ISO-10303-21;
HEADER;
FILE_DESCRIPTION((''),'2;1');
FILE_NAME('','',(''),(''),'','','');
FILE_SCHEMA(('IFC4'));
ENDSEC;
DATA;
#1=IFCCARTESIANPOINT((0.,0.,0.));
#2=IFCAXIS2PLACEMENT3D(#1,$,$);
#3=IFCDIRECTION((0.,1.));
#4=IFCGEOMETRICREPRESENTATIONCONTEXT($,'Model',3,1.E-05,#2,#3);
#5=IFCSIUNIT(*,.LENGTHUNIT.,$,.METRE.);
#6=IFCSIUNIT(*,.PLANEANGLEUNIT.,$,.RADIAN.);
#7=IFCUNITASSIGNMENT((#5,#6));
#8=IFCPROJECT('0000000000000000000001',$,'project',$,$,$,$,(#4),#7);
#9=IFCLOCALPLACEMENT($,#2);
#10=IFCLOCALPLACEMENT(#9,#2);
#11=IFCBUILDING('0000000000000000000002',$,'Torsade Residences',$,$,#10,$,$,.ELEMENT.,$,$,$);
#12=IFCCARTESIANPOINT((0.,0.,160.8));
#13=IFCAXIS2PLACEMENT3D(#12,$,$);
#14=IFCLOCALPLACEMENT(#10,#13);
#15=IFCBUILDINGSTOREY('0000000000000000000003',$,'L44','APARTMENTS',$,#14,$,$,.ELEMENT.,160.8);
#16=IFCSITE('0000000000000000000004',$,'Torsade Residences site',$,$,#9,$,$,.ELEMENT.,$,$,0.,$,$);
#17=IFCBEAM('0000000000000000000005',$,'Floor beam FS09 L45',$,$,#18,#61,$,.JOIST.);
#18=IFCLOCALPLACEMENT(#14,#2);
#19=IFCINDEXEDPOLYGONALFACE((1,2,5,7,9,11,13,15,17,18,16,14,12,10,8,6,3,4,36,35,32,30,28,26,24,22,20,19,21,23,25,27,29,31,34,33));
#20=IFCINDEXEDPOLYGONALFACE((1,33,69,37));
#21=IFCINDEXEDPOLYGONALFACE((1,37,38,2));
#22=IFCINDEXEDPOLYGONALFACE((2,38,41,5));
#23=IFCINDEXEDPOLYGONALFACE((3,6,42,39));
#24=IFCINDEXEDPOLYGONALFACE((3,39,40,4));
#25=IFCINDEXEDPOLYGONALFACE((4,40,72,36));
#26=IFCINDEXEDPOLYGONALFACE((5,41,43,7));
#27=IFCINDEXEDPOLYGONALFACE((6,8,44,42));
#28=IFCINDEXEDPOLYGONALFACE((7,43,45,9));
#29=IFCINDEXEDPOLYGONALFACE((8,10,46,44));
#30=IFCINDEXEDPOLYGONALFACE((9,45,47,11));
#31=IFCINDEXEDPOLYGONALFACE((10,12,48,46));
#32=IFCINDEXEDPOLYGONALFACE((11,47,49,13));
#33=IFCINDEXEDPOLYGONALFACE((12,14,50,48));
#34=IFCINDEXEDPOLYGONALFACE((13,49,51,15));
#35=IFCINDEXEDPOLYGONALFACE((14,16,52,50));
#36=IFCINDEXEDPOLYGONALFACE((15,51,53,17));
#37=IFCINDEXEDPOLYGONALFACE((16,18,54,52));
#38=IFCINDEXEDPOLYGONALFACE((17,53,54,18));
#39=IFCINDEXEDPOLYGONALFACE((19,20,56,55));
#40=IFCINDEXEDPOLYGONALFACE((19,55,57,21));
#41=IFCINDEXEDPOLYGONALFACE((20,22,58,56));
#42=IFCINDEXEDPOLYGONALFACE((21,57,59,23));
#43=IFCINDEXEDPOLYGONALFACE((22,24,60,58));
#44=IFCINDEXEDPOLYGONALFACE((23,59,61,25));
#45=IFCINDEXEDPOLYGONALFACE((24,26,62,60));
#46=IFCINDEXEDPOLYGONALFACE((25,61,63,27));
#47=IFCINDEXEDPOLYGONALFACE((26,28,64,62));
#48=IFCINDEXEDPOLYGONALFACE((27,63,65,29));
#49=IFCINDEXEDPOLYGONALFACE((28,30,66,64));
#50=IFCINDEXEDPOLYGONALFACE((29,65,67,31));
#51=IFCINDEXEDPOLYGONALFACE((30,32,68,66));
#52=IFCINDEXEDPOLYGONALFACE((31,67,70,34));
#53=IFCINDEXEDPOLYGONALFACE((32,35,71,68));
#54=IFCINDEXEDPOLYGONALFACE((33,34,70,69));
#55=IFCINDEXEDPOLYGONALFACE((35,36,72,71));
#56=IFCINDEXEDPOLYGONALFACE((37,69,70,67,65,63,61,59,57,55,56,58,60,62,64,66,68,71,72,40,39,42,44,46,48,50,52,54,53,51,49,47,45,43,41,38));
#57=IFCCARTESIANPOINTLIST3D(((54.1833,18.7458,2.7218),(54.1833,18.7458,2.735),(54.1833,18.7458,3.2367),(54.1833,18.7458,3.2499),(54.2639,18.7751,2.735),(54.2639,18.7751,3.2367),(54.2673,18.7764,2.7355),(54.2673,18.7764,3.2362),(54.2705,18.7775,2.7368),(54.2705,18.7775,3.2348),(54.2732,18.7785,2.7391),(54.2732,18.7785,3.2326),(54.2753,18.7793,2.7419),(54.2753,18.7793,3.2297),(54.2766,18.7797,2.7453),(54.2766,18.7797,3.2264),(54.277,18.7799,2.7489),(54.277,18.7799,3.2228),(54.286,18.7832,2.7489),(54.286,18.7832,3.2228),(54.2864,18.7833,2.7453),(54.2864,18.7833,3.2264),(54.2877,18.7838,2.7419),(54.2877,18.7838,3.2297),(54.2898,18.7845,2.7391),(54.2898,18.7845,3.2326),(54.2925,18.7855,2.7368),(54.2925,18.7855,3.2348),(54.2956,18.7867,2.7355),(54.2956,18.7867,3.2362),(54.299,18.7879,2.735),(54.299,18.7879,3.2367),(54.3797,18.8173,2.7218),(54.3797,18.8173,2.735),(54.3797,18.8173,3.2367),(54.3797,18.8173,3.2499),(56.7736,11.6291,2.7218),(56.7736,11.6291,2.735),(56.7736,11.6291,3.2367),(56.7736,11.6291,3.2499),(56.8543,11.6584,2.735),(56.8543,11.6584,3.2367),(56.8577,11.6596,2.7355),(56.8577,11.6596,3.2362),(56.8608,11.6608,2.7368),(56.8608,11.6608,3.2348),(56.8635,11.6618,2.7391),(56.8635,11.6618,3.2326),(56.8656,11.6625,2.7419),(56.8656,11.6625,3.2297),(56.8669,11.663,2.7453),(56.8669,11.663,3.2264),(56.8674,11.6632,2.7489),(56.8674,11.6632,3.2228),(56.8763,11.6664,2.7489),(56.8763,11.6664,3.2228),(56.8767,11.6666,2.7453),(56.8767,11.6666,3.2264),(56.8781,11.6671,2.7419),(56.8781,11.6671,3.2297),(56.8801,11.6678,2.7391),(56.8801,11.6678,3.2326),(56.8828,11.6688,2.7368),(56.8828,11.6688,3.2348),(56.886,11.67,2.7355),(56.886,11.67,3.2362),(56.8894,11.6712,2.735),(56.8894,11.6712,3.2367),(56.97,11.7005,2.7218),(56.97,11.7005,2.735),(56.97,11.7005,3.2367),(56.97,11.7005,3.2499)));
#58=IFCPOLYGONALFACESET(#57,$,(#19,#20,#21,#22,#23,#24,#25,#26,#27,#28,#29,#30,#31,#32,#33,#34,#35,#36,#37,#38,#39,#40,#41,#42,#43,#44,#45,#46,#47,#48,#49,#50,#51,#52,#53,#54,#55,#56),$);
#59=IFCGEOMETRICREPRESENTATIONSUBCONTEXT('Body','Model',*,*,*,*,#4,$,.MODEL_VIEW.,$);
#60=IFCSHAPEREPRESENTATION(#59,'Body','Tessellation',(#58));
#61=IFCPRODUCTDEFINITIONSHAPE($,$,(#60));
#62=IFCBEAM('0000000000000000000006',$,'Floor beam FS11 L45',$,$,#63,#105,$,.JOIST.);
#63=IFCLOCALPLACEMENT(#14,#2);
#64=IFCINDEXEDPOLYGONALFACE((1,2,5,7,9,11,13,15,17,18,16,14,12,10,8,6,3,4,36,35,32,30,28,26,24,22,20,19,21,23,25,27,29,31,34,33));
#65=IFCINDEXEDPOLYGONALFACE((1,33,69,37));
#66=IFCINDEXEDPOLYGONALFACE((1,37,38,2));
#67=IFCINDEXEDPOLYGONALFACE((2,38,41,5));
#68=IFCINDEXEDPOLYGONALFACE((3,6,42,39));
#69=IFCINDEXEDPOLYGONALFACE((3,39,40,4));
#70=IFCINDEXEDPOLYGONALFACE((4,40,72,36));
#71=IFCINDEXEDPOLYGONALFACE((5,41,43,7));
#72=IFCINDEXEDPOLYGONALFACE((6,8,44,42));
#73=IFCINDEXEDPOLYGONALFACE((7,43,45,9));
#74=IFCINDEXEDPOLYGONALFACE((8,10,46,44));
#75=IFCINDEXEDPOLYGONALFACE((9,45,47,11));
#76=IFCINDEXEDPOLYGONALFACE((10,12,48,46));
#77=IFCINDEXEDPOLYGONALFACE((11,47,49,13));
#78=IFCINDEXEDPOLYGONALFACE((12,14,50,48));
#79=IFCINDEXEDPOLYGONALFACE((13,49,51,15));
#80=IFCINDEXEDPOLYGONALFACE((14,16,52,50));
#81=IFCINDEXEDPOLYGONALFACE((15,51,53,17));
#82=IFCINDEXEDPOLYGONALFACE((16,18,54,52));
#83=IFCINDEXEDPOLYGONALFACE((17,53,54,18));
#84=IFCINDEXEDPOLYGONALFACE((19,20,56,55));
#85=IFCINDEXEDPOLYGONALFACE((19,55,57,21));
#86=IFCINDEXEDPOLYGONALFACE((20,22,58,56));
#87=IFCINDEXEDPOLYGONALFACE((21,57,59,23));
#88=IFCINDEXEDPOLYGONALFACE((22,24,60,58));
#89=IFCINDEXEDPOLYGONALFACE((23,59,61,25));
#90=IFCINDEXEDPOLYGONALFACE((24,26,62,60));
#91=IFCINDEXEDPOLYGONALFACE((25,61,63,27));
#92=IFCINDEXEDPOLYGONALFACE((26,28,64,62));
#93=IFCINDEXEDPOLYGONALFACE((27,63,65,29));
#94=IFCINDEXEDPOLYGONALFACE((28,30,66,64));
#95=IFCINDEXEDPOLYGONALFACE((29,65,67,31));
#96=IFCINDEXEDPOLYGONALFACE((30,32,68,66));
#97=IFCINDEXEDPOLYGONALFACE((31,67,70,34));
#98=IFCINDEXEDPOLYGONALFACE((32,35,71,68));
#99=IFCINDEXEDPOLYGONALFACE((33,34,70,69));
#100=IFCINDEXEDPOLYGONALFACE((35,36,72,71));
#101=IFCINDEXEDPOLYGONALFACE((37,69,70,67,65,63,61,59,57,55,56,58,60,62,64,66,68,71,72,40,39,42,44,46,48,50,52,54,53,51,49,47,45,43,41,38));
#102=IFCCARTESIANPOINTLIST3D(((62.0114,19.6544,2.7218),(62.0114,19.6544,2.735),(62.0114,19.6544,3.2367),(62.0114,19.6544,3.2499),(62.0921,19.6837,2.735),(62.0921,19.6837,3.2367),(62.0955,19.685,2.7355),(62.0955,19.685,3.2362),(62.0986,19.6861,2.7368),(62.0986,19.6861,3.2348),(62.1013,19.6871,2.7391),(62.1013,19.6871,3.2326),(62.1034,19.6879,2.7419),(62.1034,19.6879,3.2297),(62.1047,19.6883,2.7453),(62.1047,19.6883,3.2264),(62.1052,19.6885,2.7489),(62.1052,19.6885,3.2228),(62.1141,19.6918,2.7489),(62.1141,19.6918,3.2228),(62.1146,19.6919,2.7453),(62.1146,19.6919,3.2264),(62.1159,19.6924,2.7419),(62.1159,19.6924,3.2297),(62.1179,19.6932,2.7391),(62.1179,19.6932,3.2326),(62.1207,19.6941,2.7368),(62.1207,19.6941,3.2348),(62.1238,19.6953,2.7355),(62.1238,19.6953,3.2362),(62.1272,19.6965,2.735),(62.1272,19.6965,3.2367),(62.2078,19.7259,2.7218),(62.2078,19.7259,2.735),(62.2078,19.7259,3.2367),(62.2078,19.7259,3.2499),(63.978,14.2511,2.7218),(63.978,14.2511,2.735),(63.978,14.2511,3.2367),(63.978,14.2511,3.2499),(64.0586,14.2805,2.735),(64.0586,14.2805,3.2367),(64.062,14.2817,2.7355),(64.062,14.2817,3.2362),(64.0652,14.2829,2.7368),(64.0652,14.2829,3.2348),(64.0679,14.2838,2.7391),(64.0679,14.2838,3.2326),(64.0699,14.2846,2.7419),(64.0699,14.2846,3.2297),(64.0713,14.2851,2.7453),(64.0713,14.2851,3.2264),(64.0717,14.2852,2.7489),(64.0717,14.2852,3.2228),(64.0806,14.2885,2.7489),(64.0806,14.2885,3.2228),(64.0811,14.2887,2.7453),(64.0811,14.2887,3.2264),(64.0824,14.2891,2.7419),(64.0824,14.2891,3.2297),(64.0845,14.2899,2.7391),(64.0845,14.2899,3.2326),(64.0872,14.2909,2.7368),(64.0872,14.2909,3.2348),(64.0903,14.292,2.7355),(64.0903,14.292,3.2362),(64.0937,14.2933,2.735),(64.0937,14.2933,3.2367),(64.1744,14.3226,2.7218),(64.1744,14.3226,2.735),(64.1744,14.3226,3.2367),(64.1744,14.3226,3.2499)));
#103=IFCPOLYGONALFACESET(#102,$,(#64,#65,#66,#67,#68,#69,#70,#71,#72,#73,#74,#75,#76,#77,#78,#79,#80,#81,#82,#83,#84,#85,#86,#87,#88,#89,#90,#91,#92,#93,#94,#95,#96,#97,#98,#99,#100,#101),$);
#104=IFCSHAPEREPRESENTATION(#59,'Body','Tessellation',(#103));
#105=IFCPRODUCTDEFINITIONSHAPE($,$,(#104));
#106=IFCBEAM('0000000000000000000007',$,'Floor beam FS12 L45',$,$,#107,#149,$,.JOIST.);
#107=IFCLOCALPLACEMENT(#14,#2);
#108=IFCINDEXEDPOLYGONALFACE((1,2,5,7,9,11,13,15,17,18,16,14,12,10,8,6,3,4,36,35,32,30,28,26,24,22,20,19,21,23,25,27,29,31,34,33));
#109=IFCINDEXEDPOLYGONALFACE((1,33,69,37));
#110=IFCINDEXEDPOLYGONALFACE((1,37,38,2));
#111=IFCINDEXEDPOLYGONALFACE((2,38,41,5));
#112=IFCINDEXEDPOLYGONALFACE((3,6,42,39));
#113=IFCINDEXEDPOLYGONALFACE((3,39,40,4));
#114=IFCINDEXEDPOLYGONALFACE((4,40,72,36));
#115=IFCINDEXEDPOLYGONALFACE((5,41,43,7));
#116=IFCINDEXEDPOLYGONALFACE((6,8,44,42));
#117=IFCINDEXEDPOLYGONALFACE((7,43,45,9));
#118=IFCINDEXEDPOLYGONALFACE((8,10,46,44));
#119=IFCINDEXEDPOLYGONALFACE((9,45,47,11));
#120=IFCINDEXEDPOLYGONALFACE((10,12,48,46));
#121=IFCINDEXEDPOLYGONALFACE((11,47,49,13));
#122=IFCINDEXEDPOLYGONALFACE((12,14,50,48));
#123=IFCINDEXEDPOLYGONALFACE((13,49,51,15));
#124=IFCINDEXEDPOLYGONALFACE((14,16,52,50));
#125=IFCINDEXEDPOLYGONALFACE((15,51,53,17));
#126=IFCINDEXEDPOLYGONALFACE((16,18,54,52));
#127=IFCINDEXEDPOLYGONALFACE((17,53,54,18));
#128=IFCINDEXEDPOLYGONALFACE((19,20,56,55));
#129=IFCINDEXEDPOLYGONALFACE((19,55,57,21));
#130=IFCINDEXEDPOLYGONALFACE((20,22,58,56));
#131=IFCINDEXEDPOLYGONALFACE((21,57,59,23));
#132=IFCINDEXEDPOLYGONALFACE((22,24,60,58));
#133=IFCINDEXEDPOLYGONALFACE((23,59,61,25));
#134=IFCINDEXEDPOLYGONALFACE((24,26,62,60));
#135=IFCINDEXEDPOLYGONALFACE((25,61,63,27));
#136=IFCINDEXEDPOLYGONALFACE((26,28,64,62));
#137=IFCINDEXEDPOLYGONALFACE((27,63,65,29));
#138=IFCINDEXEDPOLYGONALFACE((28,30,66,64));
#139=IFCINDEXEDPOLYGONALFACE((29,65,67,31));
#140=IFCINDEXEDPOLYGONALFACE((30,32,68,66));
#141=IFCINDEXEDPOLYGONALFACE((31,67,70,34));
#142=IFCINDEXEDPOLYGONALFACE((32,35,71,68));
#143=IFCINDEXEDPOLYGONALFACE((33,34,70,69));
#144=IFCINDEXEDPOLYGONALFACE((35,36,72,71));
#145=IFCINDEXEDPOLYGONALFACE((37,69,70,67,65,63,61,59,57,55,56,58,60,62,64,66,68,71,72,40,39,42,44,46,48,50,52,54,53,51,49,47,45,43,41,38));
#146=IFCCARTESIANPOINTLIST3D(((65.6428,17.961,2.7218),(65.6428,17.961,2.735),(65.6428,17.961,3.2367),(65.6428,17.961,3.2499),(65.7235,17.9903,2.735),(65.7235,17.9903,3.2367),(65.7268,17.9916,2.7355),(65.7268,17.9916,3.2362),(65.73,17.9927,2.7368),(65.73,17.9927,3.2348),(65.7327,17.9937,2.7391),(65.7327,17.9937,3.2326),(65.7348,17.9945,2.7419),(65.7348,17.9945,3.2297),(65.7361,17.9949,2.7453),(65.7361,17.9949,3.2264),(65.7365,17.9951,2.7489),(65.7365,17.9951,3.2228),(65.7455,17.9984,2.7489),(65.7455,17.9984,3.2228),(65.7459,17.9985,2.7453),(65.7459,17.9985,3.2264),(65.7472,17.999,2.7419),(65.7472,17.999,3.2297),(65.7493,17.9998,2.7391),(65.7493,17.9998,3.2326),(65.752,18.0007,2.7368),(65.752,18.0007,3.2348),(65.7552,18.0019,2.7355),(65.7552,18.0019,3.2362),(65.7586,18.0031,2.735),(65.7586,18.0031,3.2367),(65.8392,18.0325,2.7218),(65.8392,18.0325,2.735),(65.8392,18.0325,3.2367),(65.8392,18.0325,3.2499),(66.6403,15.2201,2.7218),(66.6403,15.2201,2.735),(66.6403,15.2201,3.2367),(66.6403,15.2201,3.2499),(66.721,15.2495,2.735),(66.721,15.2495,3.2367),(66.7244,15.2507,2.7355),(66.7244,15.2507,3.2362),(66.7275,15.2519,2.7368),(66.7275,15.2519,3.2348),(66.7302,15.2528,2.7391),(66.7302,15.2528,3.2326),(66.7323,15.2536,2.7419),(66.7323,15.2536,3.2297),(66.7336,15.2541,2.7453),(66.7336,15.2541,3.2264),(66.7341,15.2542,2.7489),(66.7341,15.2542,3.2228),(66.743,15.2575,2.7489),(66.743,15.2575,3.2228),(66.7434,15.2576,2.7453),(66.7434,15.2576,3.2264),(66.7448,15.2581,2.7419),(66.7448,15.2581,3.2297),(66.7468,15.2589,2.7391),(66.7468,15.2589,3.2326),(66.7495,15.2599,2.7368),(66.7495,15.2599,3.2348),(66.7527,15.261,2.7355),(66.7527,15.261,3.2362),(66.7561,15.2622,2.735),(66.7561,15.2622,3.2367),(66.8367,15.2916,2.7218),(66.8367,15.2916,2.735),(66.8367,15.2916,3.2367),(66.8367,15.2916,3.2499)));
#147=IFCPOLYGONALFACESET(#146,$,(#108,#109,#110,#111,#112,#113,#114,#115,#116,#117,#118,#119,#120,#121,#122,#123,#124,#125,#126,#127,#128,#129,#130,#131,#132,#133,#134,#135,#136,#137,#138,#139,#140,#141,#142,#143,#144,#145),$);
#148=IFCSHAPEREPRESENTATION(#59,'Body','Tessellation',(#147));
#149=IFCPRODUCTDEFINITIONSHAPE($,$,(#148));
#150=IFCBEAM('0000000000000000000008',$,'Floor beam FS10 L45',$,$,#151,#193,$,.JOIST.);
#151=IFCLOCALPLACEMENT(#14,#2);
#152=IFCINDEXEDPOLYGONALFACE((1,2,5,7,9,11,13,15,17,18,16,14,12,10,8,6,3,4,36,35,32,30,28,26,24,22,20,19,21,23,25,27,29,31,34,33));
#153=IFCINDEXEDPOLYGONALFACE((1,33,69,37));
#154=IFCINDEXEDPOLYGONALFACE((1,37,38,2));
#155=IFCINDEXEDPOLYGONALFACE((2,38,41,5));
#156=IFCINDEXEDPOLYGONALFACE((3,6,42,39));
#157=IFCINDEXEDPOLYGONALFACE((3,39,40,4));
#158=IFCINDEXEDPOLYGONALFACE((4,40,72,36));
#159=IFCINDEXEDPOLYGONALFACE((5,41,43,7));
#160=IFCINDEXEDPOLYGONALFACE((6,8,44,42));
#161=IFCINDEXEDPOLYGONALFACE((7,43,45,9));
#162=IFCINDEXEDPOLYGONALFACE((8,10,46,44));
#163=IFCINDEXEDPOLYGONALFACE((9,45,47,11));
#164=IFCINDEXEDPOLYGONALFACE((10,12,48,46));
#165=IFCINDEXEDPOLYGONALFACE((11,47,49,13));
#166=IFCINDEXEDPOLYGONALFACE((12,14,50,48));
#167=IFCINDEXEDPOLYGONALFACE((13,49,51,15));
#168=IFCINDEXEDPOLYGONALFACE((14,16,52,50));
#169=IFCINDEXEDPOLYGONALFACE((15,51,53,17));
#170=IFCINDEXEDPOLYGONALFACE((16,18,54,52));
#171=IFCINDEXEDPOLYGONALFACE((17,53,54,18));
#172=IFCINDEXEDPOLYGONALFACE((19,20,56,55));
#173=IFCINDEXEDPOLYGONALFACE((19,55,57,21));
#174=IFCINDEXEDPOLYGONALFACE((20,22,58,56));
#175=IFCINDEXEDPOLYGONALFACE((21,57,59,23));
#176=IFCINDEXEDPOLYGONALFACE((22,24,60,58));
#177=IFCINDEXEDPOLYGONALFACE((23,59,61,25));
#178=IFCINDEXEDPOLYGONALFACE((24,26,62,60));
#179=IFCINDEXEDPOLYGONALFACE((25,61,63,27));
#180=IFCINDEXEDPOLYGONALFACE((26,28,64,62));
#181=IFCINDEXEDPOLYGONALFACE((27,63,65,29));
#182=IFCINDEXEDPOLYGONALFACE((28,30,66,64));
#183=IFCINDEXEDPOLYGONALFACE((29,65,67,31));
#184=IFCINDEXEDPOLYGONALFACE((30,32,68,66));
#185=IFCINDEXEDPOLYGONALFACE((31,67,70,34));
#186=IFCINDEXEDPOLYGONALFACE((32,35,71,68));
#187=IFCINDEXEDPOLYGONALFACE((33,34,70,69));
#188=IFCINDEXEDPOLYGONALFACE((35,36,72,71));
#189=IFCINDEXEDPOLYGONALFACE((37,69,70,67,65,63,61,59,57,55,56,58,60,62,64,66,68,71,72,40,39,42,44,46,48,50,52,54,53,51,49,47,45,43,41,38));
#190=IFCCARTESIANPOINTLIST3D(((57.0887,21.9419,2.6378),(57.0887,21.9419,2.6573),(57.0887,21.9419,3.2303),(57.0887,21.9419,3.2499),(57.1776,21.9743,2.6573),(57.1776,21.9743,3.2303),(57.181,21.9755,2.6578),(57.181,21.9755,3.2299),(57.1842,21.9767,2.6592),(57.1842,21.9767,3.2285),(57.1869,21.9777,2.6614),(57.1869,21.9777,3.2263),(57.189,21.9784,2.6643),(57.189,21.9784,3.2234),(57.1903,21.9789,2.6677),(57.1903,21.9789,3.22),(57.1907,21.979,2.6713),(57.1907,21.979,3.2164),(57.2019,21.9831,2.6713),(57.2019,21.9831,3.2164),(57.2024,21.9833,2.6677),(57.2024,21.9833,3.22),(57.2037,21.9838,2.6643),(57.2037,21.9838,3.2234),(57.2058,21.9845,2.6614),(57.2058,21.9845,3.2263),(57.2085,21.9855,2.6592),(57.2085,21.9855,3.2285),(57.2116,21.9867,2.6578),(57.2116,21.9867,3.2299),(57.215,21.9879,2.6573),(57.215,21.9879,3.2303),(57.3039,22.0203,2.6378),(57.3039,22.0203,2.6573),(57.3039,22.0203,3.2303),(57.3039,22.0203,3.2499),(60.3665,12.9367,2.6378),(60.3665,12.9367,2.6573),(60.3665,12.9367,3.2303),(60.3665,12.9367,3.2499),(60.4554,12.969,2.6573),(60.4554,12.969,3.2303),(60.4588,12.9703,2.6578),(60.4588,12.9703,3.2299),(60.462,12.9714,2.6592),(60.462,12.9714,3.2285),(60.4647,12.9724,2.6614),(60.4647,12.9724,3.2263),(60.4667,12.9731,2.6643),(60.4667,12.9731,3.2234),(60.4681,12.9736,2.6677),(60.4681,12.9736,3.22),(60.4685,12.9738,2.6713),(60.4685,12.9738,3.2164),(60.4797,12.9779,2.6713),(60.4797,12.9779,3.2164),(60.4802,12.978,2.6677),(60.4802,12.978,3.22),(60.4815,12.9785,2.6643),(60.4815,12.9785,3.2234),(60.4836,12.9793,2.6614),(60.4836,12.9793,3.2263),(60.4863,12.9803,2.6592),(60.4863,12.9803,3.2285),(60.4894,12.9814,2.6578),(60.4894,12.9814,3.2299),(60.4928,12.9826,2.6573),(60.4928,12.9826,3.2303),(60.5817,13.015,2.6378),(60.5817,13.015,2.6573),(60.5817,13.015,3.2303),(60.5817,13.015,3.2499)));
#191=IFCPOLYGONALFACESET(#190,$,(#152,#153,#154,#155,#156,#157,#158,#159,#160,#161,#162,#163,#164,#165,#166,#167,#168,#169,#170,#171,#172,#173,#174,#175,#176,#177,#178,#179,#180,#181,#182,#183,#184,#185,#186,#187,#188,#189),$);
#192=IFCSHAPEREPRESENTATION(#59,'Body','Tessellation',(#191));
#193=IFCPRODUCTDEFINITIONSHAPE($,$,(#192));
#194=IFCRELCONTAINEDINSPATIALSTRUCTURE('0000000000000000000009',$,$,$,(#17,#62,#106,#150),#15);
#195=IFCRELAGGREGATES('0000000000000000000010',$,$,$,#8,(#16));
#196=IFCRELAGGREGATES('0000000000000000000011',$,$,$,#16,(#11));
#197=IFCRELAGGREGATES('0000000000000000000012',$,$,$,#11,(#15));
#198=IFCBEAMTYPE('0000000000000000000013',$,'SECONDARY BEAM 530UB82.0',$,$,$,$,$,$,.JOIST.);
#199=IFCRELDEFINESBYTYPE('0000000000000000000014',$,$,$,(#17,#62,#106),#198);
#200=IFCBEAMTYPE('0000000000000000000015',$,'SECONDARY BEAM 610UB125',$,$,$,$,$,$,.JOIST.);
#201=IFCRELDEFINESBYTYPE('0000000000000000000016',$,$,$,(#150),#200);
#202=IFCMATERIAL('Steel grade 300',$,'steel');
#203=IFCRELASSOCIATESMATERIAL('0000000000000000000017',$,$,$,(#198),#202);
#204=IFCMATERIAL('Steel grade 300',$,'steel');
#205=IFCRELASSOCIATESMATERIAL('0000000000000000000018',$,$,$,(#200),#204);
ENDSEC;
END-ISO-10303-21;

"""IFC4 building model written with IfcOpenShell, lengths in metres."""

from ifc_helpers import new_model, si_unit, direction, frame, origin, origin_2d, place, context, subcontext, project, spatial, i_section, extrude, material, material_profile, profile_set, type_object, element, save


model = new_model("IFC4")

# Units and contexts
model_context = context("Model", 3, precision=1e-05, world=origin(), true_north=direction((0.0, 1.0)))
body_context = subcontext(model_context, "Body", "Model", "MODEL_VIEW")
ifc_project = project(units=[si_unit("LENGTHUNIT", "METRE"), si_unit("PLANEANGLEUNIT", "RADIAN")], contexts=[model_context])

# Site, building, storey
site_placement = place(None, origin())
site = spatial("IfcSite", under=ifc_project, at=site_placement, Name="Torsade Residences site", CompositionType="ELEMENT", RefElevation=0.0)
building_placement = place(site_placement, origin())
building = spatial("IfcBuilding", under=site, at=building_placement, Name="Torsade Residences", CompositionType="ELEMENT")
storey_placement = place(building_placement, frame((0.0, 0.0, 160.8)))
storey = spatial("IfcBuildingStorey", under=building, at=storey_placement, Name="L44", Description="APARTMENTS", CompositionType="ELEMENT", Elevation=160.8)

# Beams
ifc_material_1 = material(Name="Steel grade 300", Category="steel")
ifc_material_profile_1 = material_profile(ifc_material_1, i_section(OverallWidth=0.209, OverallDepth=0.5281, WebThickness=0.0095, FlangeThickness=0.0132, FilletRadius=0.0139, at=origin_2d()), Name="530UB82.0")
ifc_profile_set_1 = profile_set([ifc_material_profile_1], Name="Steel grade 300")
beam_type_1 = type_object("IfcBeamType", Name="SECONDARY BEAM 530UB82.0", PredefinedType="JOIST", material=ifc_profile_set_1)
beam_1_placement = place(storey_placement, frame((56.8718, 11.6648, 2.9858), z_axis=(-0.342028, 0.93969, 0.0), x_axis=(-0.93969, -0.342028, 0.0)))
element("IfcBeam", 1, at=beam_1_placement, inside=storey, type_object=beam_type_1, Name="Floor beam FS09 L45", PredefinedType="JOIST", context=body_context, shape_type="SweptSolid", body=[
    extrude(i_section(OverallWidth=0.209, OverallDepth=0.5281, WebThickness=0.0095, FlangeThickness=0.0132, FilletRadius=0.0139, at=origin_2d()), origin(), (0.0, 0.0, 1.0), 7.5735),
])
beam_2_placement = place(storey_placement, frame((64.0762, 14.2869, 2.9858), z_axis=(-0.342006, 0.939698, 0.0), x_axis=(-0.939698, -0.342006, 0.0)))
element("IfcBeam", 2, at=beam_2_placement, inside=storey, type_object=beam_type_1, Name="Floor beam FS11 L45", PredefinedType="JOIST", context=body_context, shape_type="SweptSolid", body=[
    extrude(i_section(OverallWidth=0.209, OverallDepth=0.5281, WebThickness=0.0095, FlangeThickness=0.0132, FilletRadius=0.0139, at=origin_2d()), origin(), (0.0, 0.0, 1.0), 5.75),
])
beam_3_placement = place(storey_placement, frame((66.7385, 15.2559, 2.9858), z_axis=(-0.341998, 0.939701, 0.0), x_axis=(-0.939701, -0.341998, 0.0)))
element("IfcBeam", 3, at=beam_3_placement, inside=storey, type_object=beam_type_1, Name="Floor beam FS12 L45", PredefinedType="JOIST", context=body_context, shape_type="SweptSolid", body=[
    extrude(i_section(OverallWidth=0.209, OverallDepth=0.5281, WebThickness=0.0095, FlangeThickness=0.0132, FilletRadius=0.0139, at=origin_2d()), origin(), (0.0, 0.0, 1.0), 2.9167),
])
ifc_material_2 = material(Name="Steel grade 300", Category="steel")
ifc_material_profile_2 = material_profile(ifc_material_2, i_section(OverallWidth=0.229, OverallDepth=0.6121, WebThickness=0.012, FlangeThickness=0.0195, FilletRadius=0.0139, at=origin_2d()), Name="610UB125")
ifc_profile_set_2 = profile_set([ifc_material_profile_2], Name="Steel grade 300")
beam_type_2 = type_object("IfcBeamType", Name="SECONDARY BEAM 610UB125", PredefinedType="JOIST", material=ifc_profile_set_2)
beam_4_placement = place(storey_placement, frame((60.4741, 12.9758, 2.9438), z_axis=(-0.342034, 0.939688, 0.0), x_axis=(-0.939688, -0.342034, 0.0)))
element("IfcBeam", 4, at=beam_4_placement, inside=storey, type_object=beam_type_2, Name="Floor beam FS10 L45", PredefinedType="JOIST", context=body_context, shape_type="SweptSolid", body=[
    extrude(i_section(OverallWidth=0.229, OverallDepth=0.6121, WebThickness=0.012, FlangeThickness=0.0195, FilletRadius=0.0139, at=origin_2d()), origin(), (0.0, 0.0, 1.0), 9.5833),
])

save(model, "model.ifc")
